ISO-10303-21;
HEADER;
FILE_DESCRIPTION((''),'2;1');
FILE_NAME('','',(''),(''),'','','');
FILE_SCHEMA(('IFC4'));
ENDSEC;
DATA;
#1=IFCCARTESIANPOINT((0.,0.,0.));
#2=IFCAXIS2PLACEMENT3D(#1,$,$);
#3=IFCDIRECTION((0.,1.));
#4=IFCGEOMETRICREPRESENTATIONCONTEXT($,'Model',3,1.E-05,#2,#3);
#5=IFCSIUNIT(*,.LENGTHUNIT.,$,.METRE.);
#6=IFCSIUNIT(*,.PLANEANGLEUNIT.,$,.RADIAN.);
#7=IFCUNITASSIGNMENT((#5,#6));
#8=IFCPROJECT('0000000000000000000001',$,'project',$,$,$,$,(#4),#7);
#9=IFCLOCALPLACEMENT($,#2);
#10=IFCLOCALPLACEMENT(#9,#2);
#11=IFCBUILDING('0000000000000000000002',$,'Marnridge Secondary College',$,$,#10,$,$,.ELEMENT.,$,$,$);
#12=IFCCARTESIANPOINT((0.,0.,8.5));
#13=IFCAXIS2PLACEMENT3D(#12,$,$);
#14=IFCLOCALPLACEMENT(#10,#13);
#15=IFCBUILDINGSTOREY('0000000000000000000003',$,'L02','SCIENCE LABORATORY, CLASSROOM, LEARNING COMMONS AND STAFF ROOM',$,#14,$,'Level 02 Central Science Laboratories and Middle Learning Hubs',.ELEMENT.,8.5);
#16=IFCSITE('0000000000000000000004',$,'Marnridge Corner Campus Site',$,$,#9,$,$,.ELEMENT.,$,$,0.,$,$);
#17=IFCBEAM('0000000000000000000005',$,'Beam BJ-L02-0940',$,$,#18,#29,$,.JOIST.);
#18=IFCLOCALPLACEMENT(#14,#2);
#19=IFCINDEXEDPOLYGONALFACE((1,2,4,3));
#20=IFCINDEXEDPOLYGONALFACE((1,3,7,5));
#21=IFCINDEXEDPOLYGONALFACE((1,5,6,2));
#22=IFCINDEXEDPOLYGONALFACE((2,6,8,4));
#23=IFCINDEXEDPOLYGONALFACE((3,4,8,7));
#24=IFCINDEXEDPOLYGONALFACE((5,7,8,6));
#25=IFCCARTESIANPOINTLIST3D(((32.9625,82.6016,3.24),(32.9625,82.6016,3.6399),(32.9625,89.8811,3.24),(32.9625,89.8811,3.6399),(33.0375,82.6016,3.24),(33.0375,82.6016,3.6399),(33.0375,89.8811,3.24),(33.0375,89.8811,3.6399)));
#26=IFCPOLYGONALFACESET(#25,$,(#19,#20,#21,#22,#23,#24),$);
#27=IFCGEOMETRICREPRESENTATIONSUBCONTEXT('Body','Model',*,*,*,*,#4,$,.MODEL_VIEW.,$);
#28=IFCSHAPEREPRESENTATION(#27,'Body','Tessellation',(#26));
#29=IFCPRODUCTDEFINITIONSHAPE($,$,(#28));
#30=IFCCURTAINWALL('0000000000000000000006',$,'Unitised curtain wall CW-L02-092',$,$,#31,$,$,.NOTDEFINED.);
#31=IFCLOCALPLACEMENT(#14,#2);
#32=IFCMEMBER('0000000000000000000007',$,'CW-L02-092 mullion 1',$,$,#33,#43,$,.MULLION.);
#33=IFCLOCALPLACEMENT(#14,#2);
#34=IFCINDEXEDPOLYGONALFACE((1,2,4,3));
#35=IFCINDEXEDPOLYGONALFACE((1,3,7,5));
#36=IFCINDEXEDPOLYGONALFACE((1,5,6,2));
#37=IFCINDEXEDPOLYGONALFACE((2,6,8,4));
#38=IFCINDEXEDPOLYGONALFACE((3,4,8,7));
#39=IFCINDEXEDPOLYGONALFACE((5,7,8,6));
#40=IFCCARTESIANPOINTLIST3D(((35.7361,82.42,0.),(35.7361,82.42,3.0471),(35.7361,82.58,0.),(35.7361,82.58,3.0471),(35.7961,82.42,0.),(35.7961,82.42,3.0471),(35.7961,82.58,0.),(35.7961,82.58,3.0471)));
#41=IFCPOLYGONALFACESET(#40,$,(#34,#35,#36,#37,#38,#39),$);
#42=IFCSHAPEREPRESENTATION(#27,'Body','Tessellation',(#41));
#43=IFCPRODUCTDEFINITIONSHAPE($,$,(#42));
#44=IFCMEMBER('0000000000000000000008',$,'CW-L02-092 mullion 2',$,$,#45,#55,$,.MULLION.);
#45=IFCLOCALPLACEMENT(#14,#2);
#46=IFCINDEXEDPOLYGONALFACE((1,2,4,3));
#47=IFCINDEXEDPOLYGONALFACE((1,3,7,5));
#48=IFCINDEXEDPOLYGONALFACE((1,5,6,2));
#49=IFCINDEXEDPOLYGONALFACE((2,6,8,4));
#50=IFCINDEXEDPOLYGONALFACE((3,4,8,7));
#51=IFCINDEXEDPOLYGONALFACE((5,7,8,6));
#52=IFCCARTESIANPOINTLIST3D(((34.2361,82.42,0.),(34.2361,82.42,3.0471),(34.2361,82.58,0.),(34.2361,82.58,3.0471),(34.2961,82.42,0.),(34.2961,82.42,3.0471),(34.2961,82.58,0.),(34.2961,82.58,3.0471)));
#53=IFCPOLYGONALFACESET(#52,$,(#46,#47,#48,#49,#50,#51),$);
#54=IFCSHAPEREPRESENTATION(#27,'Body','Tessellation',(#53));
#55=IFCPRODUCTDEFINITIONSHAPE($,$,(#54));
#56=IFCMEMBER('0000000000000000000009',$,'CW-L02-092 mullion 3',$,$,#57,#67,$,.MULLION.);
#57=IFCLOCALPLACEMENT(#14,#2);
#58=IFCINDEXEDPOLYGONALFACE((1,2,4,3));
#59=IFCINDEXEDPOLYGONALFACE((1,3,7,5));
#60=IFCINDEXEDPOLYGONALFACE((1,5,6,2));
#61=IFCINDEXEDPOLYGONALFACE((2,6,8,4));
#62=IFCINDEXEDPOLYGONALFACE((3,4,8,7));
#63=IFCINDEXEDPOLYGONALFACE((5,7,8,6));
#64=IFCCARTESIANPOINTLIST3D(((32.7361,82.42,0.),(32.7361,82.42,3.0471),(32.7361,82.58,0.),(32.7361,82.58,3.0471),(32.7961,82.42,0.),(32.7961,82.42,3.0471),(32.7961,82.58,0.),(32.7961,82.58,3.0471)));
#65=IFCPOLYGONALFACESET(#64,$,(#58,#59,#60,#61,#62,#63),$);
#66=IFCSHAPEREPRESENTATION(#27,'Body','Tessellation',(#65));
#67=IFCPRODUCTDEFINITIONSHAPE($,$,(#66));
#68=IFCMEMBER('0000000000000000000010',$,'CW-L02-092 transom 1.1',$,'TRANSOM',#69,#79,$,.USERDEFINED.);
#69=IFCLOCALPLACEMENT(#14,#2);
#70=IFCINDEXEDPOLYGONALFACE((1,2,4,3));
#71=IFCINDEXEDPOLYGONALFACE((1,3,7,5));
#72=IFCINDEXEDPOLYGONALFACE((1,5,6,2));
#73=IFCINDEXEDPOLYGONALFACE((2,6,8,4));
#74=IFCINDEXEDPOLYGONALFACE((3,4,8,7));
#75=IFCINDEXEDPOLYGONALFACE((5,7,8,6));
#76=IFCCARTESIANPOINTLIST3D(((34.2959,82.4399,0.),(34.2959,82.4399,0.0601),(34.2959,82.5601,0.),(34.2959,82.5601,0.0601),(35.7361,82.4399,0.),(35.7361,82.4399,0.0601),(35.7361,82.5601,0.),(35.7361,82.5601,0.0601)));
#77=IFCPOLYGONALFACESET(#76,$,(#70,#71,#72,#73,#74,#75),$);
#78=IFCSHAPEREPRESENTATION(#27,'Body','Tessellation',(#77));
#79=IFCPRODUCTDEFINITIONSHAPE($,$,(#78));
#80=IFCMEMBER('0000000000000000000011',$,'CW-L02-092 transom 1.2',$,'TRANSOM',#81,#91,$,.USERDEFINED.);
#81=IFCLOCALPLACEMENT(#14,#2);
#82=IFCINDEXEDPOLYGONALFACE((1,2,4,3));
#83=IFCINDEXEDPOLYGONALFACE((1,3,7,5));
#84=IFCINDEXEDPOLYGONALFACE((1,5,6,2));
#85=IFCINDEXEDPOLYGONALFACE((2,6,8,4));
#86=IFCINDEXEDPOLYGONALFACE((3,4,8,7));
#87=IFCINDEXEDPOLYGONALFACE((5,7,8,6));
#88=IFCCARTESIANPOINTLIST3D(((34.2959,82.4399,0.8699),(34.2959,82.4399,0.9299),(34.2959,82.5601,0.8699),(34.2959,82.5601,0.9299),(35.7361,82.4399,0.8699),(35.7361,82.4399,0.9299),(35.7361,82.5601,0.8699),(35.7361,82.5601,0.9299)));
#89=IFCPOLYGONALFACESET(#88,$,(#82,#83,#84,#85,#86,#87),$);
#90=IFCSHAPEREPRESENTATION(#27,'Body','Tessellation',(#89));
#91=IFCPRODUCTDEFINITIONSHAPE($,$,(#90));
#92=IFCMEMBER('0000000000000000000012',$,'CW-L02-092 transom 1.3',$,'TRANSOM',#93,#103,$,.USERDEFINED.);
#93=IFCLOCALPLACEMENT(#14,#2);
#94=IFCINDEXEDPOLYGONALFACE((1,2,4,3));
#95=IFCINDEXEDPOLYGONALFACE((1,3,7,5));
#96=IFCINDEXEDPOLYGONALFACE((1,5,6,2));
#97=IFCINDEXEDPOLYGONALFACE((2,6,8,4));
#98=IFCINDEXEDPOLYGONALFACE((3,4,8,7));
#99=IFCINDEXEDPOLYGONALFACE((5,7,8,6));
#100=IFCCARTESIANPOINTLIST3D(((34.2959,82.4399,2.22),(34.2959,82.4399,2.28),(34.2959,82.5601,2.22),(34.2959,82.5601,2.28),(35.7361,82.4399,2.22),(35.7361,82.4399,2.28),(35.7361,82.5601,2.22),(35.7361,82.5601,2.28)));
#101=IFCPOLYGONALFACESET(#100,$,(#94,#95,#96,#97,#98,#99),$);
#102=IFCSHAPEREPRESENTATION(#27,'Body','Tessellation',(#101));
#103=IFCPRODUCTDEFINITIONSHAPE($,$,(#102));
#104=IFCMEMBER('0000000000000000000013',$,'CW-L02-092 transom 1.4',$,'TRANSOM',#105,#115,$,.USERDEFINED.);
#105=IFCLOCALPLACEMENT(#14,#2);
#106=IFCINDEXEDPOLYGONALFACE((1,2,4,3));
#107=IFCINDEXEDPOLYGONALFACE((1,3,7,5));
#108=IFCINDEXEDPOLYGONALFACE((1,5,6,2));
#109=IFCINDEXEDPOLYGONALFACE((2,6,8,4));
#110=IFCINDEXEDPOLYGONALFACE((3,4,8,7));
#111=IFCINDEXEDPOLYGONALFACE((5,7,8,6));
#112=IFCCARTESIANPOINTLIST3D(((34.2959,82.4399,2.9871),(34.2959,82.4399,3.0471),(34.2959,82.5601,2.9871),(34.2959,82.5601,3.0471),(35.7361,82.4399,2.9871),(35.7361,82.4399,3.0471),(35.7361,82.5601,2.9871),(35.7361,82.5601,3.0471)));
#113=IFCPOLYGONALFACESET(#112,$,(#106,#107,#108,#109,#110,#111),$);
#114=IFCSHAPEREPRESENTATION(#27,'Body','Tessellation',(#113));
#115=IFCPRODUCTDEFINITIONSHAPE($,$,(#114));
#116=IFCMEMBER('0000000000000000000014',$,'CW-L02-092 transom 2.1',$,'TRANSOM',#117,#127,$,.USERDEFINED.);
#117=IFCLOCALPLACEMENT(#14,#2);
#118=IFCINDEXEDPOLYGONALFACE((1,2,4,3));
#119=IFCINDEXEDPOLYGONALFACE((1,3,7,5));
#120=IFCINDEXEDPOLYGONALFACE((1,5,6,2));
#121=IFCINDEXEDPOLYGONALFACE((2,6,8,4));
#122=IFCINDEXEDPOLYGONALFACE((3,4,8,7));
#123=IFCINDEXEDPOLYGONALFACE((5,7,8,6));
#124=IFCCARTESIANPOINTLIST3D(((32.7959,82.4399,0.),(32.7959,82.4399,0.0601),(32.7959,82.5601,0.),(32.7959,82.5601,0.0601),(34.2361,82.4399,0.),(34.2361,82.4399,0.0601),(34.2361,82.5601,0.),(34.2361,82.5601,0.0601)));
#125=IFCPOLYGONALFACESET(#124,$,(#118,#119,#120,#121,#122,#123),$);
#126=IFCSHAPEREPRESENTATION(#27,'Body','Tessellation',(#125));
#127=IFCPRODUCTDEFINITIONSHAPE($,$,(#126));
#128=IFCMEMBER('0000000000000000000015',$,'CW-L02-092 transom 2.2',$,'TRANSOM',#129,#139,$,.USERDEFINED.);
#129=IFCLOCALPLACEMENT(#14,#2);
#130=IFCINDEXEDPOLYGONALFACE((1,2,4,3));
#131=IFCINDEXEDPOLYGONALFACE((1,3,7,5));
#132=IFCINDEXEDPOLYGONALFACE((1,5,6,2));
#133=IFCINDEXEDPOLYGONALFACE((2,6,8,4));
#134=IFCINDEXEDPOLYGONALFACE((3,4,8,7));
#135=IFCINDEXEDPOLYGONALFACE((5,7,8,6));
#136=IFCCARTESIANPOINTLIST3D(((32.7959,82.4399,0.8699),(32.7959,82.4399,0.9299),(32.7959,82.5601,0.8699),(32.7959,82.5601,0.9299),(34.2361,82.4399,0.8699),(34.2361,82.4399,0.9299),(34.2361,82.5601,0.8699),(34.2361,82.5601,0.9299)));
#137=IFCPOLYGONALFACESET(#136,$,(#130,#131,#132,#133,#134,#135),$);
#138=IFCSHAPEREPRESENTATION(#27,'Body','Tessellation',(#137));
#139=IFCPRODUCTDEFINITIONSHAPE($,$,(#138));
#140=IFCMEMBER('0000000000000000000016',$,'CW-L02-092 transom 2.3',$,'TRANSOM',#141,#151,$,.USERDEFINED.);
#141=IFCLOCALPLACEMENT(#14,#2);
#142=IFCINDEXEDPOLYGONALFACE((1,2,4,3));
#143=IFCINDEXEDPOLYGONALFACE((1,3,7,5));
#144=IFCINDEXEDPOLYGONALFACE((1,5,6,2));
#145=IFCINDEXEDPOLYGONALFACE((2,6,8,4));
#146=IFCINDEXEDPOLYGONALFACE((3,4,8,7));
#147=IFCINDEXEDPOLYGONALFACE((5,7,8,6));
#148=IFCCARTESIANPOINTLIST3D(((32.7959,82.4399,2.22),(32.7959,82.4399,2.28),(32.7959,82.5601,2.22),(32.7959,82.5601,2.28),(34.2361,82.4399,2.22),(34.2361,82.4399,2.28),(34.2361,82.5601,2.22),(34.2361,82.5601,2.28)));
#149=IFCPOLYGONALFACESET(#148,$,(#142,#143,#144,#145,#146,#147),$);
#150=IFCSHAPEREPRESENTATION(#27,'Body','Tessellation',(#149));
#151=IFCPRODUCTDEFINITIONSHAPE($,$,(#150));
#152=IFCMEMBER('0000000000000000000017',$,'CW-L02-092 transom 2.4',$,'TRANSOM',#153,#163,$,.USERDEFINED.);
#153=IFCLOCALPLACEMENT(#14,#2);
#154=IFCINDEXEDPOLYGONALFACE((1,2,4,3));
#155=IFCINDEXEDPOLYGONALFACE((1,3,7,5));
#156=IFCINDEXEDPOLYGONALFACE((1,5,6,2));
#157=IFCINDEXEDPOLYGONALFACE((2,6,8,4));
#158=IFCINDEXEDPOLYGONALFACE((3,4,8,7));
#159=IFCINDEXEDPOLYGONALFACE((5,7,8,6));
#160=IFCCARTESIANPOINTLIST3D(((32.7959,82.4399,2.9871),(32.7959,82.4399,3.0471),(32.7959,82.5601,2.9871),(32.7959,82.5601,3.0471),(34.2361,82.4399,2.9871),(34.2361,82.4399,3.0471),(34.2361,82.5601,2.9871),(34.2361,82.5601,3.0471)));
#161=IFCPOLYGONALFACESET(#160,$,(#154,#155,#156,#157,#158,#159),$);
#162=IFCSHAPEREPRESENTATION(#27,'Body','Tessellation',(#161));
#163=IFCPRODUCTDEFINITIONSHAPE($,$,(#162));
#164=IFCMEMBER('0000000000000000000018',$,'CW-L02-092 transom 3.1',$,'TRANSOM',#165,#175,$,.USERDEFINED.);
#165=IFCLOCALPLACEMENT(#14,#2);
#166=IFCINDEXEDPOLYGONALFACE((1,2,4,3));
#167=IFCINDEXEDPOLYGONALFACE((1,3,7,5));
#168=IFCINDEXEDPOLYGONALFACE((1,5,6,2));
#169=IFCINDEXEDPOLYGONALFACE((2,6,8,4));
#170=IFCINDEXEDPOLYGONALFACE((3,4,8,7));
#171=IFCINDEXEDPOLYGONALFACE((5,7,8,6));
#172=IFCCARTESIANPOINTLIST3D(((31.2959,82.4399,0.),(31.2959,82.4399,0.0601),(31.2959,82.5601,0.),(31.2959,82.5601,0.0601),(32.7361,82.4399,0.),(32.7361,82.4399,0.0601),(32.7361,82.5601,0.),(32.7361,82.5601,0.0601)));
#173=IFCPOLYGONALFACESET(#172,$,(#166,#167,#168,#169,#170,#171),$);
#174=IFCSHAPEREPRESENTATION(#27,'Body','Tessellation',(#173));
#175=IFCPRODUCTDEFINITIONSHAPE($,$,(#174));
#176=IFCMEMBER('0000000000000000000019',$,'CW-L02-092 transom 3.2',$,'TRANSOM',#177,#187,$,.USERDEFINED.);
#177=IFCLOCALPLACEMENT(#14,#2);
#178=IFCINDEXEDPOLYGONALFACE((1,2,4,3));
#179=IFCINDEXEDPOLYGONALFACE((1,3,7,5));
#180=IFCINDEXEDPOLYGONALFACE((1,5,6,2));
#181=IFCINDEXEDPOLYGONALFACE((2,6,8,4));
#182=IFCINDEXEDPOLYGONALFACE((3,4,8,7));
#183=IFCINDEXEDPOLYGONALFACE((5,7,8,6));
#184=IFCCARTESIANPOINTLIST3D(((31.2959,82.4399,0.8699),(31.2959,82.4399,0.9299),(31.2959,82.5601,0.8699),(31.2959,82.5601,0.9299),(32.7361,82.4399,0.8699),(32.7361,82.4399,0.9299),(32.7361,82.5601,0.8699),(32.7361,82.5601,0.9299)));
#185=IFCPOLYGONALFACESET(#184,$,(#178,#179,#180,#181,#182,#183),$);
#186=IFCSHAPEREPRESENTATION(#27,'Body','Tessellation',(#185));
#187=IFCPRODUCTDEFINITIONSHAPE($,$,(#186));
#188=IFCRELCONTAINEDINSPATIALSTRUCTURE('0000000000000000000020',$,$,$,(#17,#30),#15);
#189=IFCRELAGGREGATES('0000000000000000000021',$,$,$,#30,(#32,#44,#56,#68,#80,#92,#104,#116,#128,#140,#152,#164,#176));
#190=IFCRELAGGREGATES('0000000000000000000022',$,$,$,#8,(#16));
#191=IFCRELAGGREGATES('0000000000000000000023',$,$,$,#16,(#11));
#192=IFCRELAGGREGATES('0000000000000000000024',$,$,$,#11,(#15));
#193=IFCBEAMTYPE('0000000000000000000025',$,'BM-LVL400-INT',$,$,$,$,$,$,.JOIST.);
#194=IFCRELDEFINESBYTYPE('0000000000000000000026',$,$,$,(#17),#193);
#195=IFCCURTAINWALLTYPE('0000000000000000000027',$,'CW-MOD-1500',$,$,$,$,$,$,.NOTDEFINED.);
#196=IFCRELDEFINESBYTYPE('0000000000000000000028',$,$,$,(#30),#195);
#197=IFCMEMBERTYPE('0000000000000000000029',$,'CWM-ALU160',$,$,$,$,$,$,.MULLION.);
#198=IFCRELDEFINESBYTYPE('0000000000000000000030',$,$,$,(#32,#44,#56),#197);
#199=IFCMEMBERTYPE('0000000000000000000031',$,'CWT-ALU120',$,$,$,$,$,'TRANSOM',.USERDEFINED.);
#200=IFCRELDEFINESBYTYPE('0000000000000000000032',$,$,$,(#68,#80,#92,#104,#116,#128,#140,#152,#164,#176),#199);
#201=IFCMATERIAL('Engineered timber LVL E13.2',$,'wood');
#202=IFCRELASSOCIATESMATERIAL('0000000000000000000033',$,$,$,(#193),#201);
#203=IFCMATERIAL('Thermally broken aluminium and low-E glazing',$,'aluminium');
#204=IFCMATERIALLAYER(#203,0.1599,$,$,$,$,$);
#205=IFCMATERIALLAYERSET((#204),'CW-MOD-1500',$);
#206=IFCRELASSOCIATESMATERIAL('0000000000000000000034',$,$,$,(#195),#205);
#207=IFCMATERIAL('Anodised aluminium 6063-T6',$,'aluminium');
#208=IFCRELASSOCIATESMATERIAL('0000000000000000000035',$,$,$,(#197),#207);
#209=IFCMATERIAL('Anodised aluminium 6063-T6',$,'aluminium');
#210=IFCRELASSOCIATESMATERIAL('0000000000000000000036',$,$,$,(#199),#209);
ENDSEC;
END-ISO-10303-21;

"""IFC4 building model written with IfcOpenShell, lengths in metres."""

from ifc_helpers import new_model, si_unit, direction, frame, origin, origin_2d, place, context, subcontext, project, spatial, rectangle, extrude, material, layer, layer_set, material_profile, profile_set, type_object, element, aggregate, save


model = new_model("IFC4")

# Units and contexts
model_context = context("Model", 3, precision=1e-05, world=origin(), true_north=direction((0.0, 1.0)))
body_context = subcontext(model_context, "Body", "Model", "MODEL_VIEW")
ifc_project = project(units=[si_unit("LENGTHUNIT", "METRE"), si_unit("PLANEANGLEUNIT", "RADIAN")], contexts=[model_context])

# Site, building, storey
site_placement = place(None, origin())
site = spatial("IfcSite", under=ifc_project, at=site_placement, Name="Marnridge Corner Campus Site", CompositionType="ELEMENT", RefElevation=0.0)
building_placement = place(site_placement, origin())
building = spatial("IfcBuilding", under=site, at=building_placement, Name="Marnridge Secondary College", CompositionType="ELEMENT")
storey_placement = place(building_placement, frame((0.0, 0.0, 8.5)))
storey = spatial("IfcBuildingStorey", under=building, at=storey_placement, Name="L02", Description="SCIENCE LABORATORY, CLASSROOM, LEARNING COMMONS AND STAFF ROOM", LongName="Level 02 Central Science Laboratories and Middle Learning Hubs", CompositionType="ELEMENT", Elevation=8.5)

# Beam
ifc_material_1 = material(Name="Engineered timber LVL E13.2", Category="wood")
ifc_material_profile_1 = material_profile(ifc_material_1, rectangle(XDim=0.075, YDim=0.3999, at=origin_2d()), Name="LVL 75x400")
ifc_profile_set_1 = profile_set([ifc_material_profile_1], Name="Engineered timber LVL E13.2")
beam_type = type_object("IfcBeamType", Name="BM-LVL400-INT", PredefinedType="JOIST", material=ifc_profile_set_1)
beam_placement = place(storey_placement, frame((33.0, 82.6016, 3.4399), z_axis=(0.0, 1.0, 0.0), x_axis=(-1.0, 0.0, 0.0)))
element("IfcBeam", 1, at=beam_placement, inside=storey, type_object=beam_type, Name="Beam BJ-L02-0940", PredefinedType="JOIST", context=body_context, shape_type="SweptSolid", body=[
    extrude(rectangle(XDim=0.075, YDim=0.3999, at=origin_2d()), origin(), (0.0, 0.0, 1.0), 7.2795),
])

# Curtain wall, members
ifc_material_2 = material(Name="Thermally broken aluminium and low-E glazing", Category="aluminium")
ifc_layer_1 = layer(ifc_material_2, 0.1599)
ifc_layer_set_1 = layer_set([ifc_layer_1], Name="CW-MOD-1500")
curtain_wall_type = type_object("IfcCurtainWallType", Name="CW-MOD-1500", PredefinedType="NOTDEFINED", material=ifc_layer_set_1)
curtain_wall_placement = place(storey_placement, origin())
curtain_wall = element("IfcCurtainWall", 2, at=curtain_wall_placement, inside=storey, type_object=curtain_wall_type, Name="Unitised curtain wall CW-L02-092", PredefinedType="NOTDEFINED")
ifc_material_3 = material(Name="Anodised aluminium 6063-T6", Category="aluminium")
ifc_material_profile_2 = material_profile(ifc_material_3, rectangle(XDim=0.0601, YDim=0.1599, at=origin_2d()), Name="ALU 60x160")
ifc_profile_set_2 = profile_set([ifc_material_profile_2], Name="Anodised aluminium 6063-T6")
member_type_1 = type_object("IfcMemberType", Name="CWM-ALU160", PredefinedType="MULLION", material=ifc_profile_set_2)
member_1_placement = place(storey_placement, frame((35.7661, 82.5, 0.0), z_axis=(0.0, 0.0, 1.0), x_axis=(-1.0, 0.0, 0.0)))
member_1 = element("IfcMember", 3, at=member_1_placement, type_object=member_type_1, Name="CW-L02-092 mullion 1", PredefinedType="MULLION", context=body_context, shape_type="SweptSolid", body=[
    extrude(rectangle(XDim=0.0601, YDim=0.1599, at=origin_2d()), origin(), (0.0, 0.0, 1.0), 3.0471),
])
member_2_placement = place(storey_placement, frame((34.2661, 82.5, 0.0), z_axis=(0.0, 0.0, 1.0), x_axis=(-1.0, 0.0, 0.0)))
member_2 = element("IfcMember", 4, at=member_2_placement, type_object=member_type_1, Name="CW-L02-092 mullion 2", PredefinedType="MULLION", context=body_context, shape_type="SweptSolid", body=[
    extrude(rectangle(XDim=0.0601, YDim=0.1599, at=origin_2d()), origin(), (0.0, 0.0, 1.0), 3.0471),
])
member_3_placement = place(storey_placement, frame((32.7661, 82.5, 0.0), z_axis=(0.0, 0.0, 1.0), x_axis=(-1.0, 0.0, 0.0)))
member_3 = element("IfcMember", 5, at=member_3_placement, type_object=member_type_1, Name="CW-L02-092 mullion 3", PredefinedType="MULLION", context=body_context, shape_type="SweptSolid", body=[
    extrude(rectangle(XDim=0.0601, YDim=0.1599, at=origin_2d()), origin(), (0.0, 0.0, 1.0), 3.0471),
])
ifc_material_4 = material(Name="Anodised aluminium 6063-T6", Category="aluminium")
ifc_material_profile_3 = material_profile(ifc_material_4, rectangle(XDim=0.0601, YDim=0.1201, at=origin_2d()), Name="ALU 60x120")
ifc_profile_set_3 = profile_set([ifc_material_profile_3], Name="Anodised aluminium 6063-T6")
member_type_2 = type_object("IfcMemberType", Name="CWT-ALU120", ElementType="TRANSOM", PredefinedType="USERDEFINED", material=ifc_profile_set_3)
member_4_placement = place(storey_placement, frame((35.7361, 82.5, 0.03), z_axis=(-1.0, 0.0, 0.0), x_axis=(0.0, 0.0, 1.0)))
member_4 = element("IfcMember", 6, at=member_4_placement, type_object=member_type_2, Name="CW-L02-092 transom 1.1", ObjectType="TRANSOM", PredefinedType="USERDEFINED", context=body_context, shape_type="SweptSolid", body=[
    extrude(rectangle(XDim=0.0601, YDim=0.1201, at=origin_2d()), origin(), (0.0, 0.0, 1.0), 1.4402),
])
member_5_placement = place(storey_placement, frame((35.7361, 82.5, 0.8999), z_axis=(-1.0, 0.0, 0.0), x_axis=(0.0, 0.0, 1.0)))
member_5 = element("IfcMember", 7, at=member_5_placement, type_object=member_type_2, Name="CW-L02-092 transom 1.2", ObjectType="TRANSOM", PredefinedType="USERDEFINED", context=body_context, shape_type="SweptSolid", body=[
    extrude(rectangle(XDim=0.0601, YDim=0.1201, at=origin_2d()), origin(), (0.0, 0.0, 1.0), 1.4402),
])
member_6_placement = place(storey_placement, frame((35.7361, 82.5, 2.25), z_axis=(-1.0, 0.0, 0.0), x_axis=(0.0, 0.0, 1.0)))
member_6 = element("IfcMember", 8, at=member_6_placement, type_object=member_type_2, Name="CW-L02-092 transom 1.3", ObjectType="TRANSOM", PredefinedType="USERDEFINED", context=body_context, shape_type="SweptSolid", body=[
    extrude(rectangle(XDim=0.0601, YDim=0.1201, at=origin_2d()), origin(), (0.0, 0.0, 1.0), 1.4402),
])
member_7_placement = place(storey_placement, frame((35.7361, 82.5, 3.0171), z_axis=(-1.0, 0.0, 0.0), x_axis=(0.0, 0.0, 1.0)))
member_7 = element("IfcMember", 9, at=member_7_placement, type_object=member_type_2, Name="CW-L02-092 transom 1.4", ObjectType="TRANSOM", PredefinedType="USERDEFINED", context=body_context, shape_type="SweptSolid", body=[
    extrude(rectangle(XDim=0.0601, YDim=0.1201, at=origin_2d()), origin(), (0.0, 0.0, 1.0), 1.4402),
])
member_8_placement = place(storey_placement, frame((34.2361, 82.5, 0.03), z_axis=(-1.0, 0.0, 0.0), x_axis=(0.0, 0.0, 1.0)))
member_8 = element("IfcMember", 10, at=member_8_placement, type_object=member_type_2, Name="CW-L02-092 transom 2.1", ObjectType="TRANSOM", PredefinedType="USERDEFINED", context=body_context, shape_type="SweptSolid", body=[
    extrude(rectangle(XDim=0.0601, YDim=0.1201, at=origin_2d()), origin(), (0.0, 0.0, 1.0), 1.4402),
])
member_9_placement = place(storey_placement, frame((34.2361, 82.5, 0.8999), z_axis=(-1.0, 0.0, 0.0), x_axis=(0.0, 0.0, 1.0)))
member_9 = element("IfcMember", 11, at=member_9_placement, type_object=member_type_2, Name="CW-L02-092 transom 2.2", ObjectType="TRANSOM", PredefinedType="USERDEFINED", context=body_context, shape_type="SweptSolid", body=[
    extrude(rectangle(XDim=0.0601, YDim=0.1201, at=origin_2d()), origin(), (0.0, 0.0, 1.0), 1.4402),
])
member_10_placement = place(storey_placement, frame((34.2361, 82.5, 2.25), z_axis=(-1.0, 0.0, 0.0), x_axis=(0.0, 0.0, 1.0)))
member_10 = element("IfcMember", 12, at=member_10_placement, type_object=member_type_2, Name="CW-L02-092 transom 2.3", ObjectType="TRANSOM", PredefinedType="USERDEFINED", context=body_context, shape_type="SweptSolid", body=[
    extrude(rectangle(XDim=0.0601, YDim=0.1201, at=origin_2d()), origin(), (0.0, 0.0, 1.0), 1.4402),
])
member_11_placement = place(storey_placement, frame((34.2361, 82.5, 3.0171), z_axis=(-1.0, 0.0, 0.0), x_axis=(0.0, 0.0, 1.0)))
member_11 = element("IfcMember", 13, at=member_11_placement, type_object=member_type_2, Name="CW-L02-092 transom 2.4", ObjectType="TRANSOM", PredefinedType="USERDEFINED", context=body_context, shape_type="SweptSolid", body=[
    extrude(rectangle(XDim=0.0601, YDim=0.1201, at=origin_2d()), origin(), (0.0, 0.0, 1.0), 1.4402),
])
member_12_placement = place(storey_placement, frame((32.7361, 82.5, 0.03), z_axis=(-1.0, 0.0, 0.0), x_axis=(0.0, 0.0, 1.0)))
member_12 = element("IfcMember", 14, at=member_12_placement, type_object=member_type_2, Name="CW-L02-092 transom 3.1", ObjectType="TRANSOM", PredefinedType="USERDEFINED", context=body_context, shape_type="SweptSolid", body=[
    extrude(rectangle(XDim=0.0601, YDim=0.1201, at=origin_2d()), origin(), (0.0, 0.0, 1.0), 1.4402),
])
member_13_placement = place(storey_placement, frame((32.7361, 82.5, 0.8999), z_axis=(-1.0, 0.0, 0.0), x_axis=(0.0, 0.0, 1.0)))
member_13 = element("IfcMember", 15, at=member_13_placement, type_object=member_type_2, Name="CW-L02-092 transom 3.2", ObjectType="TRANSOM", PredefinedType="USERDEFINED", context=body_context, shape_type="SweptSolid", body=[
    extrude(rectangle(XDim=0.0601, YDim=0.1201, at=origin_2d()), origin(), (0.0, 0.0, 1.0), 1.4402),
])
aggregate(curtain_wall, [member_1, member_2, member_3, member_4, member_5, member_6, member_7, member_8, member_9, member_10, member_11, member_12, member_13])

save(model, "model.ifc")
